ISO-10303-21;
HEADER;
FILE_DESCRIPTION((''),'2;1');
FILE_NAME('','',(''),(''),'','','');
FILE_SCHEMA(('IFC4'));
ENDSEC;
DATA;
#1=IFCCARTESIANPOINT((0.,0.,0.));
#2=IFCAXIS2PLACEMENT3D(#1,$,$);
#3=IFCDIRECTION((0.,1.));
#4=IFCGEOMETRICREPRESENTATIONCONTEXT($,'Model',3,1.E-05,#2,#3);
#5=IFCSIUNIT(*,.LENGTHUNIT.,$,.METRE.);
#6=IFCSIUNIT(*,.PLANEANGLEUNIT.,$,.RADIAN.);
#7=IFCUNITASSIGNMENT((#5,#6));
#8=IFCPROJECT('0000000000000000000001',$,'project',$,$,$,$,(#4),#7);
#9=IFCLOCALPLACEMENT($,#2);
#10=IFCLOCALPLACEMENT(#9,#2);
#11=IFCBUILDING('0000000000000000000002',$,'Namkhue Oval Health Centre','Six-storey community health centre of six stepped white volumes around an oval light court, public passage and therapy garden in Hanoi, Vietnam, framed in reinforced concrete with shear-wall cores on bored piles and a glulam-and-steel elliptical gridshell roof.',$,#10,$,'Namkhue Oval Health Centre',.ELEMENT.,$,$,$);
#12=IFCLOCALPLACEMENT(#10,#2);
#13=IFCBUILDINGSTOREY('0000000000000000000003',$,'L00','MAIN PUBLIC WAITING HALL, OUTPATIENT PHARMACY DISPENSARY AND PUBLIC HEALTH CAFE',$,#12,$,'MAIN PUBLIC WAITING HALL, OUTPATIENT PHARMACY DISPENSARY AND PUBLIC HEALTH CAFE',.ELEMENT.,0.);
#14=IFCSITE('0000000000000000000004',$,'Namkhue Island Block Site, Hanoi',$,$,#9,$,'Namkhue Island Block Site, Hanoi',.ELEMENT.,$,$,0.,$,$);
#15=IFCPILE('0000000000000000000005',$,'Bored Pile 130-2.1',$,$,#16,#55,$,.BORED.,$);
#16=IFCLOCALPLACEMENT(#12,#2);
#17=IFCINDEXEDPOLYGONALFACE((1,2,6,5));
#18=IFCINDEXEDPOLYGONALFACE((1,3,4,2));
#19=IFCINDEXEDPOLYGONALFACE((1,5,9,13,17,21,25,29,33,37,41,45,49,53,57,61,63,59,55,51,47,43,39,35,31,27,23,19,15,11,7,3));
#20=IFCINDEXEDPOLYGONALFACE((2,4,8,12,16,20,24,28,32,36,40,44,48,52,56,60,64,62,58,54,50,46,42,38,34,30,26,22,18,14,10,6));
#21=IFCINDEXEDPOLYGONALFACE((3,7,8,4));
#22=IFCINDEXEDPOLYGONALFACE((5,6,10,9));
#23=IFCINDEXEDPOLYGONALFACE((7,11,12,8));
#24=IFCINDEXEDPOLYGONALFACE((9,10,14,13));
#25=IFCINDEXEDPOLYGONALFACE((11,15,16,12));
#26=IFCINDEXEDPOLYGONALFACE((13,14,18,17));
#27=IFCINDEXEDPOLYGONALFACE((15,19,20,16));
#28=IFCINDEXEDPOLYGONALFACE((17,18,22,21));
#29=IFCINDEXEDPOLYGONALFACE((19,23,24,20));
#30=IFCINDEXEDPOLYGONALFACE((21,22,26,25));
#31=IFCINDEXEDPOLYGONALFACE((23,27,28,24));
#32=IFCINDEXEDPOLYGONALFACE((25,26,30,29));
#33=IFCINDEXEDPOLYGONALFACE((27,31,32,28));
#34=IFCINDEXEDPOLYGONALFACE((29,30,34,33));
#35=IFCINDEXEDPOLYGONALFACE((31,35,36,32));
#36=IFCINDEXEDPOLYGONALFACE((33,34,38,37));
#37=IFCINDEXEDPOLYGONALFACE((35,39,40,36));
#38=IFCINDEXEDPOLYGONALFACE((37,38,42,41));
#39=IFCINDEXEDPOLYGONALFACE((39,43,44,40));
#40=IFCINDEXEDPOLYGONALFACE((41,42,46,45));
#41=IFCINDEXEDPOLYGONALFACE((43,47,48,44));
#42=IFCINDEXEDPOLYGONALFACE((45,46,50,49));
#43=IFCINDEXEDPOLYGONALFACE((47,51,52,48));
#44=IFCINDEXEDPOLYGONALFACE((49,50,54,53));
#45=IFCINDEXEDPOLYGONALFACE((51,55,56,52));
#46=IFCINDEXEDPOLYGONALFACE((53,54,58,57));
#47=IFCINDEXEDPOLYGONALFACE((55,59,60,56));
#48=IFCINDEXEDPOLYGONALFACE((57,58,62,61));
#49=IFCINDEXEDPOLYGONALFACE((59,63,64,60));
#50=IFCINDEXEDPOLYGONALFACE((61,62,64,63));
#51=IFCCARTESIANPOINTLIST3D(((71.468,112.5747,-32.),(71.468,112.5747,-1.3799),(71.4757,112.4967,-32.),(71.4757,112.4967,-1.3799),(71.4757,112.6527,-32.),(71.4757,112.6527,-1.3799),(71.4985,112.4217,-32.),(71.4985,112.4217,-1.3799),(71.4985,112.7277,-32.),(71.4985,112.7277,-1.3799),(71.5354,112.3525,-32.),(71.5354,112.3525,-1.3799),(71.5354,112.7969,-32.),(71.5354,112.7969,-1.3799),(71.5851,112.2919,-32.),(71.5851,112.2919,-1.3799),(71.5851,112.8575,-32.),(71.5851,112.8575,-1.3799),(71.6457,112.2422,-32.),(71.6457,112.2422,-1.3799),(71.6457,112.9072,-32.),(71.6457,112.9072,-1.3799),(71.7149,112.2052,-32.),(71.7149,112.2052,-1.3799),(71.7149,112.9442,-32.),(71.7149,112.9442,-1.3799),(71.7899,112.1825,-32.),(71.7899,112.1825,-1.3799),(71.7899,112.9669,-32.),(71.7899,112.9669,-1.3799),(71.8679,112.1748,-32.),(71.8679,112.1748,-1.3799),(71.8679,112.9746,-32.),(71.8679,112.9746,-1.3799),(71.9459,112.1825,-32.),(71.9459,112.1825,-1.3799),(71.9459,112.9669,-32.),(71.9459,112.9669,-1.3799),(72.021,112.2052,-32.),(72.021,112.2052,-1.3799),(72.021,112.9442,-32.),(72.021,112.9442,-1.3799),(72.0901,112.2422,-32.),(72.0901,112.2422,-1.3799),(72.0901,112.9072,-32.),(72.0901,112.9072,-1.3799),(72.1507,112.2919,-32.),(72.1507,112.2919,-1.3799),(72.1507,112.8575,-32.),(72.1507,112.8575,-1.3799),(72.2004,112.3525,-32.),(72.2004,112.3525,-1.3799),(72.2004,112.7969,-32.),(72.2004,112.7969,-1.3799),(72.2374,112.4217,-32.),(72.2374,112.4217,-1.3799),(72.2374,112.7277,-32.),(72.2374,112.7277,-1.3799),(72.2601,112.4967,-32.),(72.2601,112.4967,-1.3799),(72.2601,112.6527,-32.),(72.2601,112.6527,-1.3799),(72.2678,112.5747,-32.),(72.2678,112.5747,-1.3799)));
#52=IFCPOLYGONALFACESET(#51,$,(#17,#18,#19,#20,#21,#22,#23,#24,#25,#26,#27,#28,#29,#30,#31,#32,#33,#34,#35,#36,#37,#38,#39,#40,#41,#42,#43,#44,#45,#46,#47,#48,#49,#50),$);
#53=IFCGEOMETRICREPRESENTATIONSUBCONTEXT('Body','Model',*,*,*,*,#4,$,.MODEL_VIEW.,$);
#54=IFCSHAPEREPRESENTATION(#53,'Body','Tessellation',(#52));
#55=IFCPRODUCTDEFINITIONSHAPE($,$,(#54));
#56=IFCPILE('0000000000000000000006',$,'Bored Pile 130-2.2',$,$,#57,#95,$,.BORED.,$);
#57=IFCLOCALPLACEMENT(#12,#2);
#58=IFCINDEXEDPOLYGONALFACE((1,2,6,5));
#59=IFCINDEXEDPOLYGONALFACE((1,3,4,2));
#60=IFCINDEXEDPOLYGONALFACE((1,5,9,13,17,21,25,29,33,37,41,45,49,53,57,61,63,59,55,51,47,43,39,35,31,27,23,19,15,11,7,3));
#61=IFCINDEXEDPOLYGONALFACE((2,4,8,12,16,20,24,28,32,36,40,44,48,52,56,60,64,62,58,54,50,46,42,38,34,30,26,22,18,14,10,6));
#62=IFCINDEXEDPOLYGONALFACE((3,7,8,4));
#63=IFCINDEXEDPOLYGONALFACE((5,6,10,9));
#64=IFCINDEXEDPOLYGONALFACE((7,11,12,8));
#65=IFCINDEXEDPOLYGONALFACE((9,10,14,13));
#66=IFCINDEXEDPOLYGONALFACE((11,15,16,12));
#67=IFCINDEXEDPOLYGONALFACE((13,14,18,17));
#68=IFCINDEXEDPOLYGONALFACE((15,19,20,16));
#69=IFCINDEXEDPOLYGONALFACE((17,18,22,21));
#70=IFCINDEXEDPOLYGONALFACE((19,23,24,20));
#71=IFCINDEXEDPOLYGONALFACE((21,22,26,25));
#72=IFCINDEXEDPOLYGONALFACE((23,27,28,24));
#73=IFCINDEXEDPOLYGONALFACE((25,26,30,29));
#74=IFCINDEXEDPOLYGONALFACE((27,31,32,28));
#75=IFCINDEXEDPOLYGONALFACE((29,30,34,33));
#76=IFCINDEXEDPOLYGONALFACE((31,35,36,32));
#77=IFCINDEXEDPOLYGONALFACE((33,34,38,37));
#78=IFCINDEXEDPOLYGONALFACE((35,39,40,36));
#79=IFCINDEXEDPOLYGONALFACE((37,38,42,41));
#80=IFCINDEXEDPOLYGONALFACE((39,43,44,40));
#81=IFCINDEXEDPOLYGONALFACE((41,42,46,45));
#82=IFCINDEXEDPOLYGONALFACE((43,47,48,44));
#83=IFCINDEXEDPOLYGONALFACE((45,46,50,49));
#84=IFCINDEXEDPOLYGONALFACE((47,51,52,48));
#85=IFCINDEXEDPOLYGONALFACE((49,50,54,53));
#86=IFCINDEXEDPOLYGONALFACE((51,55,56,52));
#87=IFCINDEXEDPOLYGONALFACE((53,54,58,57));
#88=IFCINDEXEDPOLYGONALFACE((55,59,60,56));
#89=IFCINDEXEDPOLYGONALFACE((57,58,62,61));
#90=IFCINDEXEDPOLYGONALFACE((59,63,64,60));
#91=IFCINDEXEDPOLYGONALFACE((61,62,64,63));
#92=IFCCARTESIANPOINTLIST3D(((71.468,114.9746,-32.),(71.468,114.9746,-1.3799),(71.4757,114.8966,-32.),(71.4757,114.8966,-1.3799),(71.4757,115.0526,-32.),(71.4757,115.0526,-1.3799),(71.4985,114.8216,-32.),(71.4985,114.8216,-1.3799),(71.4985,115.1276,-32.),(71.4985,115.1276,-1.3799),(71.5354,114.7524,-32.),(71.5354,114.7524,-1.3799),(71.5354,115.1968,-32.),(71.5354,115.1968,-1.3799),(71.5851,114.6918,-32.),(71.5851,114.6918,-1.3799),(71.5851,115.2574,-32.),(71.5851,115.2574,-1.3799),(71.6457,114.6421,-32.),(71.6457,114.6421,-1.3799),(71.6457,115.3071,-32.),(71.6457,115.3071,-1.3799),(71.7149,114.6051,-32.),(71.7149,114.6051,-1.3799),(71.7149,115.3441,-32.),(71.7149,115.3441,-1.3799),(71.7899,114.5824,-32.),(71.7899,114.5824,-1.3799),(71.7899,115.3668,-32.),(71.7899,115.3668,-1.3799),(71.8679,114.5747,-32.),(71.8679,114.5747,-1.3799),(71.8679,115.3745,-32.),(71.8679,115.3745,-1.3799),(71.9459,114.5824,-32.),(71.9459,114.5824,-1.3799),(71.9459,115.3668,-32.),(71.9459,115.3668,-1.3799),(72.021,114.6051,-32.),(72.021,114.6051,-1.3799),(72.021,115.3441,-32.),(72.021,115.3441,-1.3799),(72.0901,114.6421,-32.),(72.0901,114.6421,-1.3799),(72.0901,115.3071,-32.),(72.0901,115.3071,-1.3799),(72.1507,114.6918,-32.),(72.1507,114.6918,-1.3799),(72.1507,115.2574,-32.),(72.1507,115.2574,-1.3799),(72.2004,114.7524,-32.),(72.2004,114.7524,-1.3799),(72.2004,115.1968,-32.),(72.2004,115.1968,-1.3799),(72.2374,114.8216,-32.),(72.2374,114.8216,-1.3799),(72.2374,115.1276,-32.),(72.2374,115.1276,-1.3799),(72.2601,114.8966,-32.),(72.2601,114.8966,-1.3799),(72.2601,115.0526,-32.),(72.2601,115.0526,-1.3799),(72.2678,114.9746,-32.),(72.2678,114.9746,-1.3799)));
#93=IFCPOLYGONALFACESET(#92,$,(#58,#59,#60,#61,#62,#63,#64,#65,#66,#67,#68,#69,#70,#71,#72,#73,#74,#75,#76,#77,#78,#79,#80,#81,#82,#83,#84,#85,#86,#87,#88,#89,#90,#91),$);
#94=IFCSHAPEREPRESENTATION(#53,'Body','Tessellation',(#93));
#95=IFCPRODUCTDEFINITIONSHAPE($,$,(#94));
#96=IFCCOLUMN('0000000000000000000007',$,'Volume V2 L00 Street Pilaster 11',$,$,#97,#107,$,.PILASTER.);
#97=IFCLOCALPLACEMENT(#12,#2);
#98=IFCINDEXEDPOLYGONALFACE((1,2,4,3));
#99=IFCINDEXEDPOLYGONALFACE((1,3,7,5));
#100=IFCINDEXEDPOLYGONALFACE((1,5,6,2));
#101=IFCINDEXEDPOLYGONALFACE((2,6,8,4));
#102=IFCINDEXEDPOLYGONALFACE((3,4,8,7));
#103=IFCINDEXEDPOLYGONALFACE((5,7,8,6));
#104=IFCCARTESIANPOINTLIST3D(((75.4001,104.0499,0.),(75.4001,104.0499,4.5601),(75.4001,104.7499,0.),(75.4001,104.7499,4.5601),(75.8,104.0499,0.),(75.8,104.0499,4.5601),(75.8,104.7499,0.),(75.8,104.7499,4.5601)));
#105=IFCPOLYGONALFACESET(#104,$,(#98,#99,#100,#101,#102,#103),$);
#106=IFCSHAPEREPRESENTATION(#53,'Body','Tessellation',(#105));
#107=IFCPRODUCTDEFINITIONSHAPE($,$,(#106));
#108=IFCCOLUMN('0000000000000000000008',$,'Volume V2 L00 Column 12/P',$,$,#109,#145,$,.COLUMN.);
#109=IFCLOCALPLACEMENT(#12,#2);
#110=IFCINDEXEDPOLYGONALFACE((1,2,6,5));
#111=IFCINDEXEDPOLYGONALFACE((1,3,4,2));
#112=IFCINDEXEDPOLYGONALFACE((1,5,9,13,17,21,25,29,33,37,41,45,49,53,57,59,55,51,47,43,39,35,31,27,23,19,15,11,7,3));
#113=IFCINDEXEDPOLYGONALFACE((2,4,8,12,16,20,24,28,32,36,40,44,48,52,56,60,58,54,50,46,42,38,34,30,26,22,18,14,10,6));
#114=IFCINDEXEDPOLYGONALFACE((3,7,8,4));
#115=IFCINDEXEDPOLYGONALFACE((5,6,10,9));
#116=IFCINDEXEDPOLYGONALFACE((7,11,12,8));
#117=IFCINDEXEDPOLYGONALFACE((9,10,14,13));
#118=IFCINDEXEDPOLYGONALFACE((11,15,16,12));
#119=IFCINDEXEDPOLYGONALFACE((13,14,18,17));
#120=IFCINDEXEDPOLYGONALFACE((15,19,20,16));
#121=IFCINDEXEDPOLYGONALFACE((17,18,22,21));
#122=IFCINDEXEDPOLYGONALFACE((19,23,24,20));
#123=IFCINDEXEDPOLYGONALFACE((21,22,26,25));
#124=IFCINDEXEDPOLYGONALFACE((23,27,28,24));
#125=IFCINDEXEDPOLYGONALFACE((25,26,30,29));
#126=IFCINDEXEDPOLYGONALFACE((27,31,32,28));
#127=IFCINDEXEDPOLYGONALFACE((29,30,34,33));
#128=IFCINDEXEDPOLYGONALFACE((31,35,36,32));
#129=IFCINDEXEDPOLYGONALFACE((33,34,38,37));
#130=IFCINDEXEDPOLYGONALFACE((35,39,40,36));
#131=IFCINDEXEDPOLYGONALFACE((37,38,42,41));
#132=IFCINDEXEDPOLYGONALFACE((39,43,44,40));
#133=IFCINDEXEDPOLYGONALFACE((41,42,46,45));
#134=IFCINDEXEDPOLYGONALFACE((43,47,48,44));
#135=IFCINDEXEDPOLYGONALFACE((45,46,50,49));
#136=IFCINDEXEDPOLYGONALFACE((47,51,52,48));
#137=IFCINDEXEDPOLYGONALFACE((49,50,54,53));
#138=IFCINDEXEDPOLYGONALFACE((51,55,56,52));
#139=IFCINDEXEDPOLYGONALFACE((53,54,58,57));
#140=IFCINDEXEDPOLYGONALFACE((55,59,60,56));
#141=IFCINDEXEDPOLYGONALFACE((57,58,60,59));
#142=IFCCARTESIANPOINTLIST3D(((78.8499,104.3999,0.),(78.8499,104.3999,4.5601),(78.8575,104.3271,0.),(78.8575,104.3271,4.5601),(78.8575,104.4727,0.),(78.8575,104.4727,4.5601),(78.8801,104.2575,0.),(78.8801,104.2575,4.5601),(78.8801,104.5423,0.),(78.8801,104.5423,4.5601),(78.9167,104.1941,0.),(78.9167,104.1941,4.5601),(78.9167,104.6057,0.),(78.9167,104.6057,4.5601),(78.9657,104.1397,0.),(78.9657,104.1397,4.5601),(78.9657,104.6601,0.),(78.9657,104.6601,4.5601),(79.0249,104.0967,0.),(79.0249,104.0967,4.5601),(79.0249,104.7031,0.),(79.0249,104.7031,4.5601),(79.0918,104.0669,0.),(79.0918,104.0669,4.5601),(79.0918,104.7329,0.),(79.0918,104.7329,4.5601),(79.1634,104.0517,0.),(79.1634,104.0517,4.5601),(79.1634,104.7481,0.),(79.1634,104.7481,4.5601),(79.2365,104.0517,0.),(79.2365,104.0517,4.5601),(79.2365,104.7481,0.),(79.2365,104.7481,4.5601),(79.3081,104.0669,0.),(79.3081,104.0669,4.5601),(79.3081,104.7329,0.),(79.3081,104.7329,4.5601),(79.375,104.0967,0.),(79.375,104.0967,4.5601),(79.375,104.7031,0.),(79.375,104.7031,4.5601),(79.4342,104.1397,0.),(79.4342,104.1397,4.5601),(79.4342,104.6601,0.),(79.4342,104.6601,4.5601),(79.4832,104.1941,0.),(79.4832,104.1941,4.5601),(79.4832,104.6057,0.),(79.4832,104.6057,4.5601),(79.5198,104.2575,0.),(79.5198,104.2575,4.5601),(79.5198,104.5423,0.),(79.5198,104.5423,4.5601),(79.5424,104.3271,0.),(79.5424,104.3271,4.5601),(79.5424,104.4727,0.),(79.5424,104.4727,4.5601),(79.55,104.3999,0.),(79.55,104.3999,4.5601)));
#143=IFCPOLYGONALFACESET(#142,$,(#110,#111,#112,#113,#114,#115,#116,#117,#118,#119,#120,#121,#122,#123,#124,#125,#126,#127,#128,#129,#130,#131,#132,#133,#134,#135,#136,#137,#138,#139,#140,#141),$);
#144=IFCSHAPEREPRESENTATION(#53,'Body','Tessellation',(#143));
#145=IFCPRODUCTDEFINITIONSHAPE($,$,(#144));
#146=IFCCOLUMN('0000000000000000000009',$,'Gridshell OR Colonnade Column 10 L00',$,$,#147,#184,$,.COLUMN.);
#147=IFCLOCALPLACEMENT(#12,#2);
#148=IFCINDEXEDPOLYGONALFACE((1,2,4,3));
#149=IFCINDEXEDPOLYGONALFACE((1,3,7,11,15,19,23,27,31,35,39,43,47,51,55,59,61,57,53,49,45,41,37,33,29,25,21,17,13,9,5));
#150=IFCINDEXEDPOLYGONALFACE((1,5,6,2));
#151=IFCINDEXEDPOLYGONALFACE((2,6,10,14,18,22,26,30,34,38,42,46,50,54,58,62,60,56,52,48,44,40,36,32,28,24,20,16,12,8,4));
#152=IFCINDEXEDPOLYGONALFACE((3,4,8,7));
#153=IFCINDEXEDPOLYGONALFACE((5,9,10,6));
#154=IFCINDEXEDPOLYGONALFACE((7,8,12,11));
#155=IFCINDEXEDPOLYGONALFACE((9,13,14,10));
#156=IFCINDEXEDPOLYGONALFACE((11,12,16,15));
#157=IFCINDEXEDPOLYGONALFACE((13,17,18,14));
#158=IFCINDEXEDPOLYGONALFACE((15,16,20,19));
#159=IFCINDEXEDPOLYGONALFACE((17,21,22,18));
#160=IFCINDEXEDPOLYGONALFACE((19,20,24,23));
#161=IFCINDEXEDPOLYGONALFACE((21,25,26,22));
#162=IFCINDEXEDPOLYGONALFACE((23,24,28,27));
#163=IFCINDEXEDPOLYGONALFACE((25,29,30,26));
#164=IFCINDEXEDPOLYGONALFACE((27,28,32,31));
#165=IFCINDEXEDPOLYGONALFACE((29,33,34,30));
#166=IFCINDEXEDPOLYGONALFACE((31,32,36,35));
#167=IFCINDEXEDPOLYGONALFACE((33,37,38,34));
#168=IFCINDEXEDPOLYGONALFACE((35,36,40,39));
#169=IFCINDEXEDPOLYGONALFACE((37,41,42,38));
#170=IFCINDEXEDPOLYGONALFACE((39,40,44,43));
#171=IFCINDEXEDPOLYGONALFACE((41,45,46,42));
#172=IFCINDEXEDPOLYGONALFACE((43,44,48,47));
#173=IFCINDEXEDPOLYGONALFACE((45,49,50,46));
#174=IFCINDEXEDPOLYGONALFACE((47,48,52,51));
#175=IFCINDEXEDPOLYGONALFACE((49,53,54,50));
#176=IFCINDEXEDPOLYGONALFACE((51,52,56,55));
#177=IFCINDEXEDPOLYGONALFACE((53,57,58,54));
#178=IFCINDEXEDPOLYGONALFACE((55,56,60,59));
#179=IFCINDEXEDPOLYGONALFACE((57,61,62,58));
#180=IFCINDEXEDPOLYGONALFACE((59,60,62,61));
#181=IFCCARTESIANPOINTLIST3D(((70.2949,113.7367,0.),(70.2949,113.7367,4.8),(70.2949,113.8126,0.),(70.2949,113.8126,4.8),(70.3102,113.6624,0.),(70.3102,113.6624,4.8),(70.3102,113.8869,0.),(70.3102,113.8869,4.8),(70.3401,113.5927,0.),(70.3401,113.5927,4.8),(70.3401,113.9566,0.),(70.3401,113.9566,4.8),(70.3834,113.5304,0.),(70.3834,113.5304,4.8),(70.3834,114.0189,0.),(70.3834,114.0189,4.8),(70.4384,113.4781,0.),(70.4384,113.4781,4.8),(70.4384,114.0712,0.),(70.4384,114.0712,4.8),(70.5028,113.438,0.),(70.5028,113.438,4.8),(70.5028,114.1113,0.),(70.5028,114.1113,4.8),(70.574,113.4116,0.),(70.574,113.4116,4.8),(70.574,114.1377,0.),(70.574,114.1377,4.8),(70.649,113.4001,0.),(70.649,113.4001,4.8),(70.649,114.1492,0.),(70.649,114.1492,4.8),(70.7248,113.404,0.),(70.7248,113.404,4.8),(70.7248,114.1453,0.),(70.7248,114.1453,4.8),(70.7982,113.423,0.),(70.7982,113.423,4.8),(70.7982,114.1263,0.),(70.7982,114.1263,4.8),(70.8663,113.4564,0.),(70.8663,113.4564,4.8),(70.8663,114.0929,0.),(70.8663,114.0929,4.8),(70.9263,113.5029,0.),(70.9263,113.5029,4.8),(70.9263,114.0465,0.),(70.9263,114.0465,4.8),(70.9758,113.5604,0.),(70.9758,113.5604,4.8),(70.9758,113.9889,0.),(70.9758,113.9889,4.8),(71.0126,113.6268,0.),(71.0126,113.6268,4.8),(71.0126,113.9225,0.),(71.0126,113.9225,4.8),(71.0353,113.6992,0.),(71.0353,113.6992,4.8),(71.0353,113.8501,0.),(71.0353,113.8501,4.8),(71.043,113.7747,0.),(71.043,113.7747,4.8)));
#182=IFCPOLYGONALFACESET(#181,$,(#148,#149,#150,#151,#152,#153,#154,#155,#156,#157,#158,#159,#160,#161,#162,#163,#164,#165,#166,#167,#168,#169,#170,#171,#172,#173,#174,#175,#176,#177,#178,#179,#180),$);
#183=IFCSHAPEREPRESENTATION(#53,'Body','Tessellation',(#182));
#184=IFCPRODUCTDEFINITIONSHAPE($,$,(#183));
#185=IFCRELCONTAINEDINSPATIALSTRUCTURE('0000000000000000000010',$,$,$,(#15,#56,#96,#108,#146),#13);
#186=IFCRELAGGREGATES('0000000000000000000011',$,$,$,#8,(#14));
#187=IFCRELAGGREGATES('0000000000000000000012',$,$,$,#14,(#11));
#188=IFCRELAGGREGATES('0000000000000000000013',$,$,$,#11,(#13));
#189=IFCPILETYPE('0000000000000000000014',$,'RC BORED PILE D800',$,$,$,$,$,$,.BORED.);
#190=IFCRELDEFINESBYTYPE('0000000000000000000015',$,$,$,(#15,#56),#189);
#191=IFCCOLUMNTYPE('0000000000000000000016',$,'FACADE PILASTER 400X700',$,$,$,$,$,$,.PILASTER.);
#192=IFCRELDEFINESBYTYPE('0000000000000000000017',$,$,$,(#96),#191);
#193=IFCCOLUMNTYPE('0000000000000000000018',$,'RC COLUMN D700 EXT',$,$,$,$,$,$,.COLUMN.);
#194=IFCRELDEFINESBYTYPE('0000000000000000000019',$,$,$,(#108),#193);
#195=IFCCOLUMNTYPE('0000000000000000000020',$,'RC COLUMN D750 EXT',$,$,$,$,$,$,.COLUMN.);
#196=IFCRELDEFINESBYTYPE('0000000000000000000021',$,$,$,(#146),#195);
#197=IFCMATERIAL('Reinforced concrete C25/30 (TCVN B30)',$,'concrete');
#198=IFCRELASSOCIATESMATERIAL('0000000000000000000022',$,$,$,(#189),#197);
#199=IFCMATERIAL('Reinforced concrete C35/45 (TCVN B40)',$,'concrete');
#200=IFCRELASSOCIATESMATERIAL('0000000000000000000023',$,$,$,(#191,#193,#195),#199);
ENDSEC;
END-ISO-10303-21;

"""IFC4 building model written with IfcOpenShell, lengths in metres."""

from ifc_helpers import new_model, si_unit, direction, frame, origin, origin_2d, place, context, subcontext, project, spatial, rectangle, circle, extrude, material, material_profile, profile_set, type_object, element, save


model = new_model("IFC4")

# Units and contexts
model_context = context("Model", 3, precision=1e-05, world=origin(), true_north=direction((0.0, 1.0)))
body_context = subcontext(model_context, "Body", "Model", "MODEL_VIEW")
ifc_project = project(units=[si_unit("LENGTHUNIT", "METRE"), si_unit("PLANEANGLEUNIT", "RADIAN")], contexts=[model_context])

# Site, building, storey
site_placement = place(None, origin())
site = spatial("IfcSite", under=ifc_project, at=site_placement, Name="Namkhue Island Block Site, Hanoi", LongName="Namkhue Island Block Site, Hanoi", CompositionType="ELEMENT", RefElevation=0.0)
building_placement = place(site_placement, origin())
building = spatial("IfcBuilding", under=site, at=building_placement, Name="Namkhue Oval Health Centre", Description="Six-storey community health centre of six stepped white volumes around an oval light court, public passage and therapy garden in Hanoi, Vietnam, framed in reinforced concrete with shear-wall cores on bored piles and a glulam-and-steel elliptical gridshell roof.", LongName="Namkhue Oval Health Centre", CompositionType="ELEMENT")
storey_placement = place(building_placement, origin())
storey = spatial("IfcBuildingStorey", under=building, at=storey_placement, Name="L00", Description="MAIN PUBLIC WAITING HALL, OUTPATIENT PHARMACY DISPENSARY AND PUBLIC HEALTH CAFE", LongName="MAIN PUBLIC WAITING HALL, OUTPATIENT PHARMACY DISPENSARY AND PUBLIC HEALTH CAFE", CompositionType="ELEMENT", Elevation=0.0)

# Piles
ifc_material_1 = material(Name="Reinforced concrete C25/30 (TCVN B30)", Category="concrete")
ifc_material_profile_1 = material_profile(ifc_material_1, circle(Radius=0.3999, at=origin_2d()), Name="BORED PILE D800")
ifc_profile_set_1 = profile_set([ifc_material_profile_1], Name="Reinforced concrete C25/30 (TCVN B30)")
pile_type = type_object("IfcPileType", Name="RC BORED PILE D800", PredefinedType="BORED", material=ifc_profile_set_1)
for number, where, z_axis, x_axis, name in (
    (1, (71.8679, 112.5747, -1.3799), (0.0, 0.0, -1.0), (1.0, 0.0, 0.0), "Bored Pile 130-2.1"),
    (2, (71.8679, 114.9746, -1.3799), (0.0, 0.0, -1.0), (1.0, 0.0, 0.0), "Bored Pile 130-2.2"),
):
    element("IfcPile", number, at=place(storey_placement, frame(where, z_axis=z_axis, x_axis=x_axis)), inside=storey, type_object=pile_type, Name=name, PredefinedType="BORED", context=body_context, shape_type="SweptSolid", body=[
        extrude(circle(Radius=0.3999, at=origin_2d()), origin(), (0.0, 0.0, 1.0), 30.6201),
    ])

# Columns
ifc_material_2 = material(Name="Reinforced concrete C35/45 (TCVN B40)", Category="concrete")
ifc_material_profile_2 = material_profile(ifc_material_2, rectangle(XDim=0.3999, YDim=0.7, at=origin_2d()), Name="RC 400x700")
ifc_profile_set_2 = profile_set([ifc_material_profile_2], Name="Reinforced concrete C35/45 (TCVN B40)")
column_type_1 = type_object("IfcColumnType", Name="FACADE PILASTER 400X700", PredefinedType="PILASTER", material=ifc_profile_set_2)
column_1_placement = place(storey_placement, frame((75.6001, 104.3999, 0.0), z_axis=(0.0, 0.0, 1.0), x_axis=(1.0, 0.0, 0.0)))
element("IfcColumn", 3, at=column_1_placement, inside=storey, type_object=column_type_1, Name="Volume V2 L00 Street Pilaster 11", PredefinedType="PILASTER", context=body_context, shape_type="SweptSolid", body=[
    extrude(rectangle(XDim=0.3999, YDim=0.7, at=origin_2d()), origin(), (0.0, 0.0, 1.0), 4.5601),
])
ifc_material_profile_3 = material_profile(ifc_material_2, circle(Radius=0.3501, at=origin_2d()), Name="RC D700")
ifc_profile_set_3 = profile_set([ifc_material_profile_3], Name="Reinforced concrete C35/45 (TCVN B40)")
column_type_2 = type_object("IfcColumnType", Name="RC COLUMN D700 EXT", PredefinedType="COLUMN", material=ifc_profile_set_3)
column_2_placement = place(storey_placement, frame((79.2, 104.3999, 0.0), z_axis=(0.0, 0.0, 1.0), x_axis=(1.0, 0.0, 0.0)))
element("IfcColumn", 4, at=column_2_placement, inside=storey, type_object=column_type_2, Name="Volume V2 L00 Column 12/P", PredefinedType="COLUMN", context=body_context, shape_type="SweptSolid", body=[
    extrude(circle(Radius=0.3501, at=origin_2d()), origin(), (0.0, 0.0, 1.0), 4.5601),
])
ifc_material_profile_4 = material_profile(ifc_material_2, circle(Radius=0.375, at=origin_2d()), Name="RC D750")
ifc_profile_set_4 = profile_set([ifc_material_profile_4], Name="Reinforced concrete C35/45 (TCVN B40)")
column_type_3 = type_object("IfcColumnType", Name="RC COLUMN D750 EXT", PredefinedType="COLUMN", material=ifc_profile_set_4)
column_3_placement = place(storey_placement, frame((70.668, 113.7747, 0.0), z_axis=(0.0, 0.0, 1.0), x_axis=(1.0, 0.0, 0.0)))
element("IfcColumn", 5, at=column_3_placement, inside=storey, type_object=column_type_3, Name="Gridshell OR Colonnade Column 10 L00", PredefinedType="COLUMN", context=body_context, shape_type="SweptSolid", body=[
    extrude(circle(Radius=0.375, at=origin_2d()), origin(), (0.0, 0.0, 1.0), 4.8),
])

save(model, "model.ifc")
